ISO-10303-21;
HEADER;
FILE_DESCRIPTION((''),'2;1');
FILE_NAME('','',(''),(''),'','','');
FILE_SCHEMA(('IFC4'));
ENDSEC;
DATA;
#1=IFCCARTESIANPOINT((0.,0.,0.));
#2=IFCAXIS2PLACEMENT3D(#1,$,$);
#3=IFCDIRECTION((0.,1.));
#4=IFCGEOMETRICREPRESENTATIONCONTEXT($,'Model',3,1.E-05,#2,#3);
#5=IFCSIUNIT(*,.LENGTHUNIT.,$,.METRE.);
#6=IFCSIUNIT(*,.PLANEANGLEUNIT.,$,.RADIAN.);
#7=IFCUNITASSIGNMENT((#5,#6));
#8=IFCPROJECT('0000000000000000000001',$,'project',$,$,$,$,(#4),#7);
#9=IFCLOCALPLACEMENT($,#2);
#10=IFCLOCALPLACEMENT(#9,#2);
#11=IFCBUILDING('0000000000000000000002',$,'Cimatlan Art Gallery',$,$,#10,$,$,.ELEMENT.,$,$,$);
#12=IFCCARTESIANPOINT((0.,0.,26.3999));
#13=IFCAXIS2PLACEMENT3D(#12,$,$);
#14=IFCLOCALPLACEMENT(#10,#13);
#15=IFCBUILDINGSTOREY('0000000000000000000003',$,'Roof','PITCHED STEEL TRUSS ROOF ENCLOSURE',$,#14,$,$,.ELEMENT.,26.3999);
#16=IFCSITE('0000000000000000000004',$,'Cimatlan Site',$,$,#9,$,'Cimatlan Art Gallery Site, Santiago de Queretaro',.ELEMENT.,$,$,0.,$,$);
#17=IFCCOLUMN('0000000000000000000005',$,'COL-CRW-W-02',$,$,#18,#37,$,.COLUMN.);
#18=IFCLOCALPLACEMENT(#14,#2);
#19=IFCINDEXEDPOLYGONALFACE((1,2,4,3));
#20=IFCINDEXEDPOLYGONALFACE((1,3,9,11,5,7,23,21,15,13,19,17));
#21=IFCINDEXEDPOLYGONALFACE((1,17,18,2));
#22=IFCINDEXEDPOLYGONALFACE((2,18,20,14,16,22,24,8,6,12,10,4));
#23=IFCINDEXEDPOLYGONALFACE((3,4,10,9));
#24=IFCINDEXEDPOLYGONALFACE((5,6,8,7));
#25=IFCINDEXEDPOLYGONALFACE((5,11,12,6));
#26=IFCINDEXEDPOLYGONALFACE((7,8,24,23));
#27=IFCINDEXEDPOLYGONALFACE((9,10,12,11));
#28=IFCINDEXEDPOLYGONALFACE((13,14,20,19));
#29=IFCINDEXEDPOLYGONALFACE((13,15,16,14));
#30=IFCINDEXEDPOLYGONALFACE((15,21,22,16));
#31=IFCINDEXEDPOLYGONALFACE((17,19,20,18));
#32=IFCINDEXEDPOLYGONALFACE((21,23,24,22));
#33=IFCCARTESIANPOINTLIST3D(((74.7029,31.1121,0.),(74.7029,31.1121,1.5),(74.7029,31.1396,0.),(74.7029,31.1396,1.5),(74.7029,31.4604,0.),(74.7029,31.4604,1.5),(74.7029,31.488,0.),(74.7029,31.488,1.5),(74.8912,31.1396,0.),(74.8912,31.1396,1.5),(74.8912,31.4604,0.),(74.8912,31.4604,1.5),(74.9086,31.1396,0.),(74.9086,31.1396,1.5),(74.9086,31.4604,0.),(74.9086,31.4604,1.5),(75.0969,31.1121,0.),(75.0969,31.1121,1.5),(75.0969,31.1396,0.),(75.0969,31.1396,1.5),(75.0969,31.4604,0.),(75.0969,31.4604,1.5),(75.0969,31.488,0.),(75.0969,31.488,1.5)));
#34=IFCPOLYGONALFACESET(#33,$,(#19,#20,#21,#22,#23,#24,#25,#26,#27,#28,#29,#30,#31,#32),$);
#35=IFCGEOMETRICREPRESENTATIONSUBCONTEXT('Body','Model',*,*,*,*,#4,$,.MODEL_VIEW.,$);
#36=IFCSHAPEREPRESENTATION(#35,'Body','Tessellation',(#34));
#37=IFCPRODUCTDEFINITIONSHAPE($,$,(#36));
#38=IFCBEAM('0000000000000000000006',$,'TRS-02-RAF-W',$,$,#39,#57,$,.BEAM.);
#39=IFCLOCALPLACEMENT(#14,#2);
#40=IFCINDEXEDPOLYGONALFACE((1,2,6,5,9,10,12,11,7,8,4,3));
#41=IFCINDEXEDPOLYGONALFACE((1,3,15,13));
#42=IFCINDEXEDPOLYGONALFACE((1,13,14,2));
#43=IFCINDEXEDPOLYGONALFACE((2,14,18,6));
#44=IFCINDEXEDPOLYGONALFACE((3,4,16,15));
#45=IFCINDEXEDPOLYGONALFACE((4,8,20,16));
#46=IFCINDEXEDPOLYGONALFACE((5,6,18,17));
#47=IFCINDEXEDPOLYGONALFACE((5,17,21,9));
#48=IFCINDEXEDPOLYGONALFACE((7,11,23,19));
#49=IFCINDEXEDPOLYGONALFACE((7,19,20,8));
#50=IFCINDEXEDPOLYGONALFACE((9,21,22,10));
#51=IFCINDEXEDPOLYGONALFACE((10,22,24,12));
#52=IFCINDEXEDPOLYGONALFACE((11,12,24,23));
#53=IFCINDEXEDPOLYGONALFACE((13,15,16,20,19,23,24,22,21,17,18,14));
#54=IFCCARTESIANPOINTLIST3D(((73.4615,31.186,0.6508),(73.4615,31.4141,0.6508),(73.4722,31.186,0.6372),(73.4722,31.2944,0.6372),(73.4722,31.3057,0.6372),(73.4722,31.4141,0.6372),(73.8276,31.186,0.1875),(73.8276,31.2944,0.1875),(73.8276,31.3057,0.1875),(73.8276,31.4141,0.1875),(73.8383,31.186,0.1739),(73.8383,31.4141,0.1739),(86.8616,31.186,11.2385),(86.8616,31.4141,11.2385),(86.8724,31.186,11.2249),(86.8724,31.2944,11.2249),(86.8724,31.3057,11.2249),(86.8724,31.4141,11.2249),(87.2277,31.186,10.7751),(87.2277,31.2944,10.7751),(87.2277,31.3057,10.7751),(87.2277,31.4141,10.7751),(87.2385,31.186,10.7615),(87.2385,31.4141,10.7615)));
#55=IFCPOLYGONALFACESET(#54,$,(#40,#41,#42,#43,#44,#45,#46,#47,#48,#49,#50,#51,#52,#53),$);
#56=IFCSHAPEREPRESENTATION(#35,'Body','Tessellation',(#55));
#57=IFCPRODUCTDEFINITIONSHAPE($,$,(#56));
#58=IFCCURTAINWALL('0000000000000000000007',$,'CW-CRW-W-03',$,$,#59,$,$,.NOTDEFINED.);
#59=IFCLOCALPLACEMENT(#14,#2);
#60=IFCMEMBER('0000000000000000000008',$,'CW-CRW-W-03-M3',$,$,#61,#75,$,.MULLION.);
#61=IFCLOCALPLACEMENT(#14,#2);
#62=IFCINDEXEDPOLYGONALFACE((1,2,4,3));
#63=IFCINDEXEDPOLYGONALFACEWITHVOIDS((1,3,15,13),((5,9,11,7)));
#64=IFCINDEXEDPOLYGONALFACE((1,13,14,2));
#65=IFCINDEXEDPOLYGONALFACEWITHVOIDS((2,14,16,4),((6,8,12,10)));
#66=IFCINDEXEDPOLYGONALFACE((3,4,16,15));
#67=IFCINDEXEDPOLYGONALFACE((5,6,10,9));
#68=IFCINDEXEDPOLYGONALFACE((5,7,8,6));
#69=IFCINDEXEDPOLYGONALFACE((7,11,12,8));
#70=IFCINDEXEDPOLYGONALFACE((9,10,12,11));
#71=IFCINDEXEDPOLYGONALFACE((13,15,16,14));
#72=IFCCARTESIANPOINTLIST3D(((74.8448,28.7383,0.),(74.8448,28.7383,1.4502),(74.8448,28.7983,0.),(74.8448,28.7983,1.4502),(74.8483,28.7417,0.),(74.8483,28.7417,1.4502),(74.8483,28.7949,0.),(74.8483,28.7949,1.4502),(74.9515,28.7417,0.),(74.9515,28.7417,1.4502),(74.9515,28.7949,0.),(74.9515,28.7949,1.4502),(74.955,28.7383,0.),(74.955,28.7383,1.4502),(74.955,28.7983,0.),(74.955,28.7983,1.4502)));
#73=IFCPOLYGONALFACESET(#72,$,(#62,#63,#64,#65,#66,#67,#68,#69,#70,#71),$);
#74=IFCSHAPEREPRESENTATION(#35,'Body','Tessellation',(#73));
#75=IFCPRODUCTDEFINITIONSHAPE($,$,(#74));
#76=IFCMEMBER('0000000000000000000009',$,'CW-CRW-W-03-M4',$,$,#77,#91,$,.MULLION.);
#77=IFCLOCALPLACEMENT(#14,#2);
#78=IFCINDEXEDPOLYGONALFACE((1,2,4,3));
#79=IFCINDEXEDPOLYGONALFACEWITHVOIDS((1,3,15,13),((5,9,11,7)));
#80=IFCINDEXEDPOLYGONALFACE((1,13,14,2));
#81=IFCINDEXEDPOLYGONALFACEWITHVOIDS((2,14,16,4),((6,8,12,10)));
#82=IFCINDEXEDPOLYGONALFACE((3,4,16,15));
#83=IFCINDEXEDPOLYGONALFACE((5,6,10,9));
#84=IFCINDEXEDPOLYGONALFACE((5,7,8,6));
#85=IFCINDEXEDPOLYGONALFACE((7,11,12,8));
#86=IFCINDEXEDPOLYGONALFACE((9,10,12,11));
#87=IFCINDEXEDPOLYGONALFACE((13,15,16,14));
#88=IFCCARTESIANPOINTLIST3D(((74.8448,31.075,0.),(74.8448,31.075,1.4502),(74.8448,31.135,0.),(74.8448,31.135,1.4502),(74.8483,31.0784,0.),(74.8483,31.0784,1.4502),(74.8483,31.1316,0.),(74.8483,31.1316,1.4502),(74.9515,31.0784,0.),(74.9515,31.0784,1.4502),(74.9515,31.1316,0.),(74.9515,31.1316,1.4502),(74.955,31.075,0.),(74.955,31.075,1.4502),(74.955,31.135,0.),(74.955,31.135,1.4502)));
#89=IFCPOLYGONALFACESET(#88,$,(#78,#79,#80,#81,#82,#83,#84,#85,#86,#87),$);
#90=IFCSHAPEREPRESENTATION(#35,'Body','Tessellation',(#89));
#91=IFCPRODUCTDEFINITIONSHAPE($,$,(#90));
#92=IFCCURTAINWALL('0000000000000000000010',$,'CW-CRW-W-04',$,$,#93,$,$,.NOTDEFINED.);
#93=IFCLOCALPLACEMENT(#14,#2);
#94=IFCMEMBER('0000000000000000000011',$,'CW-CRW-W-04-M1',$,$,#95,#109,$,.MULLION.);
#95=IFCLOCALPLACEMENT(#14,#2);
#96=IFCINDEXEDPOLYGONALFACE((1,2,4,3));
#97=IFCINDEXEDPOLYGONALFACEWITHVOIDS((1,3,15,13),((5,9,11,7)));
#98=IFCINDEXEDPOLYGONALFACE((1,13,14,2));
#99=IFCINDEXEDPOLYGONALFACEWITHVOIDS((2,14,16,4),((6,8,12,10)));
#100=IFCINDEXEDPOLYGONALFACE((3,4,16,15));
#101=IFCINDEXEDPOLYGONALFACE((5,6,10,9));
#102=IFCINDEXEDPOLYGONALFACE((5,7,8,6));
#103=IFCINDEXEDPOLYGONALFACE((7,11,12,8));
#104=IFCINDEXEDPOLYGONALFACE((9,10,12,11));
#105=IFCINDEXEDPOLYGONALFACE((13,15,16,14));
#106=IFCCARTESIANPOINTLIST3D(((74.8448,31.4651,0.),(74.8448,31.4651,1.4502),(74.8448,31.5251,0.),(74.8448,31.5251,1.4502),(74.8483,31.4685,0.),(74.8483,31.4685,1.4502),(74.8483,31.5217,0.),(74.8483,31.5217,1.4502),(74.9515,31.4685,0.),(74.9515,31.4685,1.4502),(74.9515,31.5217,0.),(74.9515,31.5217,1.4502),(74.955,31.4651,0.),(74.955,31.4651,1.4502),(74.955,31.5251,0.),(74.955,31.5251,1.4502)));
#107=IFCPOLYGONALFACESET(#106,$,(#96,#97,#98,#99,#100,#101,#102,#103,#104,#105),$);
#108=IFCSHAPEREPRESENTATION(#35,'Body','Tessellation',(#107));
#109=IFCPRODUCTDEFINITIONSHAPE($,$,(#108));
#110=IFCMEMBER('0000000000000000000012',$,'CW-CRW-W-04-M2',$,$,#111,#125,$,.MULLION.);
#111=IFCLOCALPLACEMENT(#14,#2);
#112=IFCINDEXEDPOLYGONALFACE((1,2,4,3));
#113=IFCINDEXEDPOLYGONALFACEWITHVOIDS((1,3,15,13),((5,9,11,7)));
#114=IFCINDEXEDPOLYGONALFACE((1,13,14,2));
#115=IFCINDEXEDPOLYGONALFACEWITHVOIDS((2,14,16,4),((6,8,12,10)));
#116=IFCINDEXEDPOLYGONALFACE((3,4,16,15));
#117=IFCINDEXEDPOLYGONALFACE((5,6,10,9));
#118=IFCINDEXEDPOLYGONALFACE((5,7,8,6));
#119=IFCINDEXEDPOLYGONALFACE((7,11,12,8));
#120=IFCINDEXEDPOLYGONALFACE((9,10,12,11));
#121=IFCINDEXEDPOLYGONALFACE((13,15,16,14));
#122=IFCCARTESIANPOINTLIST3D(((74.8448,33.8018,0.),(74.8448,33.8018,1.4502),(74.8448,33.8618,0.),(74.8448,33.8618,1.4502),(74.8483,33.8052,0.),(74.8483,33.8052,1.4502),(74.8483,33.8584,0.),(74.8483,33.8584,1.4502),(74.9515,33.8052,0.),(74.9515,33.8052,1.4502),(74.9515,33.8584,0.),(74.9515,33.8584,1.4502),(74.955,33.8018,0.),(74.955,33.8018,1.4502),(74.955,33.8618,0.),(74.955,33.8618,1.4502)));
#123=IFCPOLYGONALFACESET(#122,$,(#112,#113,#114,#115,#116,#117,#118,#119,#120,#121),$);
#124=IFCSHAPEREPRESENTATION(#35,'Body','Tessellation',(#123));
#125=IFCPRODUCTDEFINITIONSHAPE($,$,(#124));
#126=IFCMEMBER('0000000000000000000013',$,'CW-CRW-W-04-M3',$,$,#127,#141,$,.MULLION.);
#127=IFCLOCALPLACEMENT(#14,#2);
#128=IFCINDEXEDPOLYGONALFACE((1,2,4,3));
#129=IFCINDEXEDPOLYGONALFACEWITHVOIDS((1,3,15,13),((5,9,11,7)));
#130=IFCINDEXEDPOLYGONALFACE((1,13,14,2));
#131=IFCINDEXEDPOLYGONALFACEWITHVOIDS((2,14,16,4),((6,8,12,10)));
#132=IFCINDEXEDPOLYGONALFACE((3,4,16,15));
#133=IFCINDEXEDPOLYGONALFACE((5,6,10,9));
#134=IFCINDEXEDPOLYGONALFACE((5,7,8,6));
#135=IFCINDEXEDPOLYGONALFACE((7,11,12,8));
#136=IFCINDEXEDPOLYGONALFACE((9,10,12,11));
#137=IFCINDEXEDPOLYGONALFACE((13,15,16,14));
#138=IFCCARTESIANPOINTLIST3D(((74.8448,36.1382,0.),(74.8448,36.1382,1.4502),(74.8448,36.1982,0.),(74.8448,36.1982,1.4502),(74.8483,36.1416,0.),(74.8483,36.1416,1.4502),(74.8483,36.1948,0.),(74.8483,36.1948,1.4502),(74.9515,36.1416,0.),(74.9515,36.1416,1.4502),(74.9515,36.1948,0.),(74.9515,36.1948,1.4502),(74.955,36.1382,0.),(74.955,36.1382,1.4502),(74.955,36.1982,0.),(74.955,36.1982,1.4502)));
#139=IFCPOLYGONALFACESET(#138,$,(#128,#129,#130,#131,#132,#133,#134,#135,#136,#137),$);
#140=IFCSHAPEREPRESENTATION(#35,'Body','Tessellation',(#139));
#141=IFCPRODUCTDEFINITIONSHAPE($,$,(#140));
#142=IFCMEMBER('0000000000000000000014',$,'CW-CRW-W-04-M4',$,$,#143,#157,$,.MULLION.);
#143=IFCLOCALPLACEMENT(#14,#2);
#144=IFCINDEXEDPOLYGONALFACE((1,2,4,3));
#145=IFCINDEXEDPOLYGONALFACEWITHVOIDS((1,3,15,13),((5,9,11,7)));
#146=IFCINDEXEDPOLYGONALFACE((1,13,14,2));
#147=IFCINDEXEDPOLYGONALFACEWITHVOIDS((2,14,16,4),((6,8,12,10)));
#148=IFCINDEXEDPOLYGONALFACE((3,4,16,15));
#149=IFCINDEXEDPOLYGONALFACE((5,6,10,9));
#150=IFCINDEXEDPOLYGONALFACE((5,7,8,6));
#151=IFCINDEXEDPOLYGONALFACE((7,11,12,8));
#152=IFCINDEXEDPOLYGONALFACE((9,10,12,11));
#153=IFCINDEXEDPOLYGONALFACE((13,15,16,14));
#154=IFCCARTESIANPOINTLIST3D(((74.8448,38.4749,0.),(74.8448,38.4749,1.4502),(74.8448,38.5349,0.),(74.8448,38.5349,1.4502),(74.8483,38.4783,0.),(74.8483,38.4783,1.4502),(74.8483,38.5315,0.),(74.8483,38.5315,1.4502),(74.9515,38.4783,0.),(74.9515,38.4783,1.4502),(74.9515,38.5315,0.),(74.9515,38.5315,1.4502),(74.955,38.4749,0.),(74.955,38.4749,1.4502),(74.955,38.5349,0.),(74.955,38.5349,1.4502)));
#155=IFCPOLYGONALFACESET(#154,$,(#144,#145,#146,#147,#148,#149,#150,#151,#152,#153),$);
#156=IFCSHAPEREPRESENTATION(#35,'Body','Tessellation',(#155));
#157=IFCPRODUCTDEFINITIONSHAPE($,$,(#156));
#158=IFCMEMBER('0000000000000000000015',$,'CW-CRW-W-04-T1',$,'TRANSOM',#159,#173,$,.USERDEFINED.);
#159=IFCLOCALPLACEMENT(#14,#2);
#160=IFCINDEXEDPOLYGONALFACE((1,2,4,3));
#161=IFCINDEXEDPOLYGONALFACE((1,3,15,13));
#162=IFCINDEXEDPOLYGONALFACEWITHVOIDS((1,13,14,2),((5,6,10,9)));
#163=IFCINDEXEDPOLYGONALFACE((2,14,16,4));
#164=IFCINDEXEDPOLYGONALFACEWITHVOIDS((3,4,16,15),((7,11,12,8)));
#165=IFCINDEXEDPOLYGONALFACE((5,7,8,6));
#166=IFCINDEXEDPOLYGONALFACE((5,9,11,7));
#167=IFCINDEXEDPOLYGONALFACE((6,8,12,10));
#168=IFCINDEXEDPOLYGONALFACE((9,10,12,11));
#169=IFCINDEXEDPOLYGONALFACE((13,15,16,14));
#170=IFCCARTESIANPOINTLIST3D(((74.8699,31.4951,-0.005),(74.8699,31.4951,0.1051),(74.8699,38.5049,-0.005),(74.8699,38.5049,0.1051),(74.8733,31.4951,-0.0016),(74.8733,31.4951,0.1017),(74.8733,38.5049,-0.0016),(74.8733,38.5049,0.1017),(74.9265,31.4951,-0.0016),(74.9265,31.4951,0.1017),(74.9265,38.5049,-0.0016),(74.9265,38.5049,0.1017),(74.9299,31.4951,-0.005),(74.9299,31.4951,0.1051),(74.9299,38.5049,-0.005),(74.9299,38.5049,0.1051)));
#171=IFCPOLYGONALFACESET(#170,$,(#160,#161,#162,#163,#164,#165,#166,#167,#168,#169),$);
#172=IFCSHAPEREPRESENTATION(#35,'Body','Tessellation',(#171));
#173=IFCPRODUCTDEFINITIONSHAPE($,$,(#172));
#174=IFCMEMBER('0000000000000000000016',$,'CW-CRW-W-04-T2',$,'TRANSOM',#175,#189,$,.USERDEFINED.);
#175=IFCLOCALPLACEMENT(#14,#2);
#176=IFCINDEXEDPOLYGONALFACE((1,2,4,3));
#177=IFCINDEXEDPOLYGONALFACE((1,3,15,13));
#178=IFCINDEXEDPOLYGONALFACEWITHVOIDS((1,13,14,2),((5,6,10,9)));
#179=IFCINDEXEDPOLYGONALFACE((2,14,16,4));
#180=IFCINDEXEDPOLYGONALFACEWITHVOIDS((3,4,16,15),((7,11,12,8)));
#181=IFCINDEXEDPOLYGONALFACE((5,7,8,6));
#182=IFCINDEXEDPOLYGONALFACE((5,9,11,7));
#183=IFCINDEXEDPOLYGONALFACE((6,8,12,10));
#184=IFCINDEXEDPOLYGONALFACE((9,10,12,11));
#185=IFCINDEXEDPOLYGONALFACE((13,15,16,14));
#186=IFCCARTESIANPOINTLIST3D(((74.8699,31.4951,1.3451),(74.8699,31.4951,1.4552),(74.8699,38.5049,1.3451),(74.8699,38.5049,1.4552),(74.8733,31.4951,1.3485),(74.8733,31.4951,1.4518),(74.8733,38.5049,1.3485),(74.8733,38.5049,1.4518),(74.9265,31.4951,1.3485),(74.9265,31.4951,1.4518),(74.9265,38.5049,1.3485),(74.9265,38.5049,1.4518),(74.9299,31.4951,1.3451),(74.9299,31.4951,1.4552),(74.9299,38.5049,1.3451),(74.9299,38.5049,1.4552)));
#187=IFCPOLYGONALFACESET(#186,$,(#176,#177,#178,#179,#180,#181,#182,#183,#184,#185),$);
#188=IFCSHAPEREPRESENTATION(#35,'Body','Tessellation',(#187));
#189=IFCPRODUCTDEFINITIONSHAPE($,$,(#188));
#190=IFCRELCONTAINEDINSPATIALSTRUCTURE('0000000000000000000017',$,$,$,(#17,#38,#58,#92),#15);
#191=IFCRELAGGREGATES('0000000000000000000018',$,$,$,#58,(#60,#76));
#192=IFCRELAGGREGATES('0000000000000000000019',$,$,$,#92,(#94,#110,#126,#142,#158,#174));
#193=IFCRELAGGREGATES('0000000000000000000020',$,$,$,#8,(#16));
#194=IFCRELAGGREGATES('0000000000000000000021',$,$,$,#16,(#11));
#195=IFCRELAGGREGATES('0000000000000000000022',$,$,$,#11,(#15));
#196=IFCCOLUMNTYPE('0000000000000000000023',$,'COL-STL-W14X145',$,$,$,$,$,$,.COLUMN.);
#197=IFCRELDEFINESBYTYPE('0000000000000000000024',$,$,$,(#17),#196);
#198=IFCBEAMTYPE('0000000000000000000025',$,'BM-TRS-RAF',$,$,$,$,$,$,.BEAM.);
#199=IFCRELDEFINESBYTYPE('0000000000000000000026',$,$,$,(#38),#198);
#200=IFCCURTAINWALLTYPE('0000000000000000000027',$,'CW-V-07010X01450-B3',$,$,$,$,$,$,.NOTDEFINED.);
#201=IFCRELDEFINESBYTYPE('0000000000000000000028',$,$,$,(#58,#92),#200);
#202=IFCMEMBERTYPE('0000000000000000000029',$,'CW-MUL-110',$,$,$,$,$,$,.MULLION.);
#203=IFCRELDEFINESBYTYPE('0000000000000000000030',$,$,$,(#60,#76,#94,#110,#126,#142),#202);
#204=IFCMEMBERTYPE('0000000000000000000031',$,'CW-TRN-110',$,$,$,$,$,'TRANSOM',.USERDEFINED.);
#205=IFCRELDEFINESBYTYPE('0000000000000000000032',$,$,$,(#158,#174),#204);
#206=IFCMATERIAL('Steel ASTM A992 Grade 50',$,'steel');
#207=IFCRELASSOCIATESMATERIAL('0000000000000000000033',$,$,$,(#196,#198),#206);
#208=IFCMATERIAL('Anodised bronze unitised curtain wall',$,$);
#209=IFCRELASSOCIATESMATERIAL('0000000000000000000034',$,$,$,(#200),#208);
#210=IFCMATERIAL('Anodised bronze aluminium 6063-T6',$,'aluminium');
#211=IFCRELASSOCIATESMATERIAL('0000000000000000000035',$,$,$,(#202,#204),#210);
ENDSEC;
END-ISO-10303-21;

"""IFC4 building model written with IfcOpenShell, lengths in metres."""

from ifc_helpers import new_model, si_unit, direction, frame, origin, origin_2d, place, context, subcontext, project, spatial, hollow_rectangle, i_section, extrude, material, material_profile, profile_set, type_object, element, aggregate, save


model = new_model("IFC4")

# Units and contexts
model_context = context("Model", 3, precision=1e-05, world=origin(), true_north=direction((0.0, 1.0)))
body_context = subcontext(model_context, "Body", "Model", "MODEL_VIEW")
ifc_project = project(units=[si_unit("LENGTHUNIT", "METRE"), si_unit("PLANEANGLEUNIT", "RADIAN")], contexts=[model_context])

# Site, building, storey
site_placement = place(None, origin())
site = spatial("IfcSite", under=ifc_project, at=site_placement, Name="Cimatlan Site", LongName="Cimatlan Art Gallery Site, Santiago de Queretaro", CompositionType="ELEMENT", RefElevation=0.0)
building_placement = place(site_placement, origin())
building = spatial("IfcBuilding", under=site, at=building_placement, Name="Cimatlan Art Gallery", CompositionType="ELEMENT")
storey_placement = place(building_placement, frame((0.0, 0.0, 26.3999)))
storey = spatial("IfcBuildingStorey", under=building, at=storey_placement, Name="Roof", Description="PITCHED STEEL TRUSS ROOF ENCLOSURE", CompositionType="ELEMENT", Elevation=26.3999)

# Column
ifc_material_1 = material(Name="Steel ASTM A992 Grade 50", Category="steel")
ifc_material_profile_1 = material_profile(ifc_material_1, i_section(OverallWidth=0.394, OverallDepth=0.376, WebThickness=0.0173, FlangeThickness=0.0276, at=origin_2d()), Name="W14X145")
ifc_profile_set_1 = profile_set([ifc_material_profile_1], Name="Steel ASTM A992 Grade 50")
column_type = type_object("IfcColumnType", Name="COL-STL-W14X145", PredefinedType="COLUMN", material=ifc_profile_set_1)
column_placement = place(storey_placement, frame((74.8999, 31.3, 0.0), z_axis=(0.0, 0.0, 1.0), x_axis=(1.0, 0.0, 0.0)))
element("IfcColumn", 1, at=column_placement, inside=storey, type_object=column_type, Name="COL-CRW-W-02", PredefinedType="COLUMN", context=body_context, shape_type="SweptSolid", body=[
    extrude(i_section(OverallWidth=0.394, OverallDepth=0.376, WebThickness=0.0173, FlangeThickness=0.0276, at=origin_2d()), origin(), (0.0, 0.0, 1.0), 1.5),
])

# Beam
ifc_material_profile_2 = material_profile(ifc_material_1, i_section(OverallWidth=0.228, OverallDepth=0.6079, WebThickness=0.0112, FlangeThickness=0.0173, at=origin_2d()), Name="W24X76")
ifc_profile_set_2 = profile_set([ifc_material_profile_2], Name="Steel ASTM A992 Grade 50")
beam_type = type_object("IfcBeamType", Name="BM-TRS-RAF", PredefinedType="BEAM", material=ifc_profile_set_2)
beam_placement = place(storey_placement, frame((73.6499, 31.3, 0.4124), z_axis=(0.784638, 0.0, 0.619954), x_axis=(0.0, 1.0, 0.0)))
element("IfcBeam", 2, at=beam_placement, inside=storey, type_object=beam_type, Name="TRS-02-RAF-W", PredefinedType="BEAM", context=body_context, shape_type="SweptSolid", body=[
    extrude(i_section(OverallWidth=0.228, OverallDepth=0.6079, WebThickness=0.0112, FlangeThickness=0.0173, at=origin_2d()), origin(), (0.0, 0.0, 1.0), 17.0781),
])

# Curtain walls, members
ifc_material_2 = material(Name="Anodised bronze unitised curtain wall")
curtain_wall_type = type_object("IfcCurtainWallType", Name="CW-V-07010X01450-B3", PredefinedType="NOTDEFINED", material=ifc_material_2)
curtain_wall_1_placement = place(storey_placement, origin())
curtain_wall_1 = element("IfcCurtainWall", 3, at=curtain_wall_1_placement, inside=storey, type_object=curtain_wall_type, Name="CW-CRW-W-03", PredefinedType="NOTDEFINED")
ifc_material_3 = material(Name="Anodised bronze aluminium 6063-T6", Category="aluminium")
ifc_material_profile_3 = material_profile(ifc_material_3, hollow_rectangle(XDim=0.0601, YDim=0.1101, WallThickness=0.0034, at=origin_2d()), Name="ALU60X110X3")
ifc_profile_set_3 = profile_set([ifc_material_profile_3], Name="Anodised bronze aluminium 6063-T6")
member_type_1 = type_object("IfcMemberType", Name="CW-MUL-110", PredefinedType="MULLION", material=ifc_profile_set_3)
member_1_placement = place(storey_placement, frame((74.8999, 28.7683, 0.0), z_axis=(0.0, 0.0, 1.0), x_axis=(0.0, 1.0, 0.0)))
member_1 = element("IfcMember", 4, at=member_1_placement, type_object=member_type_1, Name="CW-CRW-W-03-M3", PredefinedType="MULLION", context=body_context, shape_type="SweptSolid", body=[
    extrude(hollow_rectangle(XDim=0.0601, YDim=0.1101, WallThickness=0.0034, at=origin_2d()), origin(), (0.0, 0.0, 1.0), 1.4502),
])
member_2_placement = place(storey_placement, frame((74.8999, 31.105, 0.0), z_axis=(0.0, 0.0, 1.0), x_axis=(0.0, 1.0, 0.0)))
member_2 = element("IfcMember", 5, at=member_2_placement, type_object=member_type_1, Name="CW-CRW-W-03-M4", PredefinedType="MULLION", context=body_context, shape_type="SweptSolid", body=[
    extrude(hollow_rectangle(XDim=0.0601, YDim=0.1101, WallThickness=0.0034, at=origin_2d()), origin(), (0.0, 0.0, 1.0), 1.4502),
])
curtain_wall_2_placement = place(storey_placement, origin())
curtain_wall_2 = element("IfcCurtainWall", 6, at=curtain_wall_2_placement, inside=storey, type_object=curtain_wall_type, Name="CW-CRW-W-04", PredefinedType="NOTDEFINED")
member_3_placement = place(storey_placement, frame((74.8999, 31.4951, 0.0), z_axis=(0.0, 0.0, 1.0), x_axis=(0.0, 1.0, 0.0)))
member_3 = element("IfcMember", 7, at=member_3_placement, type_object=member_type_1, Name="CW-CRW-W-04-M1", PredefinedType="MULLION", context=body_context, shape_type="SweptSolid", body=[
    extrude(hollow_rectangle(XDim=0.0601, YDim=0.1101, WallThickness=0.0034, at=origin_2d()), origin(), (0.0, 0.0, 1.0), 1.4502),
])
member_4_placement = place(storey_placement, frame((74.8999, 33.8318, 0.0), z_axis=(0.0, 0.0, 1.0), x_axis=(0.0, 1.0, 0.0)))
member_4 = element("IfcMember", 8, at=member_4_placement, type_object=member_type_1, Name="CW-CRW-W-04-M2", PredefinedType="MULLION", context=body_context, shape_type="SweptSolid", body=[
    extrude(hollow_rectangle(XDim=0.0601, YDim=0.1101, WallThickness=0.0034, at=origin_2d()), origin(), (0.0, 0.0, 1.0), 1.4502),
])
member_5_placement = place(storey_placement, frame((74.8999, 36.1682, 0.0), z_axis=(0.0, 0.0, 1.0), x_axis=(0.0, 1.0, 0.0)))
member_5 = element("IfcMember", 9, at=member_5_placement, type_object=member_type_1, Name="CW-CRW-W-04-M3", PredefinedType="MULLION", context=body_context, shape_type="SweptSolid", body=[
    extrude(hollow_rectangle(XDim=0.0601, YDim=0.1101, WallThickness=0.0034, at=origin_2d()), origin(), (0.0, 0.0, 1.0), 1.4502),
])
member_6_placement = place(storey_placement, frame((74.8999, 38.5049, 0.0), z_axis=(0.0, 0.0, 1.0), x_axis=(0.0, 1.0, 0.0)))
member_6 = element("IfcMember", 10, at=member_6_placement, type_object=member_type_1, Name="CW-CRW-W-04-M4", PredefinedType="MULLION", context=body_context, shape_type="SweptSolid", body=[
    extrude(hollow_rectangle(XDim=0.0601, YDim=0.1101, WallThickness=0.0034, at=origin_2d()), origin(), (0.0, 0.0, 1.0), 1.4502),
])
ifc_material_profile_4 = material_profile(ifc_material_3, hollow_rectangle(XDim=0.0601, YDim=0.1101, WallThickness=0.0034, at=origin_2d()), Name="ALU60X110X3")
ifc_profile_set_4 = profile_set([ifc_material_profile_4], Name="Anodised bronze aluminium 6063-T6")
member_type_2 = type_object("IfcMemberType", Name="CW-TRN-110", ElementType="TRANSOM", PredefinedType="USERDEFINED", material=ifc_profile_set_4)
member_7_placement = place(storey_placement, frame((74.8999, 31.4951, 0.05), z_axis=(0.0, 1.0, 0.0), x_axis=(-1.0, 0.0, 0.0)))
member_7 = element("IfcMember", 11, at=member_7_placement, type_object=member_type_2, Name="CW-CRW-W-04-T1", ObjectType="TRANSOM", PredefinedType="USERDEFINED", context=body_context, shape_type="SweptSolid", body=[
    extrude(hollow_rectangle(XDim=0.0601, YDim=0.1101, WallThickness=0.0034, at=origin_2d()), origin(), (0.0, 0.0, 1.0), 7.0098),
])
member_8_placement = place(storey_placement, frame((74.8999, 31.4951, 1.4001), z_axis=(0.0, 1.0, 0.0), x_axis=(-1.0, 0.0, 0.0)))
member_8 = element("IfcMember", 12, at=member_8_placement, type_object=member_type_2, Name="CW-CRW-W-04-T2", ObjectType="TRANSOM", PredefinedType="USERDEFINED", context=body_context, shape_type="SweptSolid", body=[
    extrude(hollow_rectangle(XDim=0.0601, YDim=0.1101, WallThickness=0.0034, at=origin_2d()), origin(), (0.0, 0.0, 1.0), 7.0098),
])

aggregate(curtain_wall_1, [member_1, member_2])
aggregate(curtain_wall_2, [member_3, member_4, member_5, member_6, member_7, member_8])

save(model, "model.ifc")
